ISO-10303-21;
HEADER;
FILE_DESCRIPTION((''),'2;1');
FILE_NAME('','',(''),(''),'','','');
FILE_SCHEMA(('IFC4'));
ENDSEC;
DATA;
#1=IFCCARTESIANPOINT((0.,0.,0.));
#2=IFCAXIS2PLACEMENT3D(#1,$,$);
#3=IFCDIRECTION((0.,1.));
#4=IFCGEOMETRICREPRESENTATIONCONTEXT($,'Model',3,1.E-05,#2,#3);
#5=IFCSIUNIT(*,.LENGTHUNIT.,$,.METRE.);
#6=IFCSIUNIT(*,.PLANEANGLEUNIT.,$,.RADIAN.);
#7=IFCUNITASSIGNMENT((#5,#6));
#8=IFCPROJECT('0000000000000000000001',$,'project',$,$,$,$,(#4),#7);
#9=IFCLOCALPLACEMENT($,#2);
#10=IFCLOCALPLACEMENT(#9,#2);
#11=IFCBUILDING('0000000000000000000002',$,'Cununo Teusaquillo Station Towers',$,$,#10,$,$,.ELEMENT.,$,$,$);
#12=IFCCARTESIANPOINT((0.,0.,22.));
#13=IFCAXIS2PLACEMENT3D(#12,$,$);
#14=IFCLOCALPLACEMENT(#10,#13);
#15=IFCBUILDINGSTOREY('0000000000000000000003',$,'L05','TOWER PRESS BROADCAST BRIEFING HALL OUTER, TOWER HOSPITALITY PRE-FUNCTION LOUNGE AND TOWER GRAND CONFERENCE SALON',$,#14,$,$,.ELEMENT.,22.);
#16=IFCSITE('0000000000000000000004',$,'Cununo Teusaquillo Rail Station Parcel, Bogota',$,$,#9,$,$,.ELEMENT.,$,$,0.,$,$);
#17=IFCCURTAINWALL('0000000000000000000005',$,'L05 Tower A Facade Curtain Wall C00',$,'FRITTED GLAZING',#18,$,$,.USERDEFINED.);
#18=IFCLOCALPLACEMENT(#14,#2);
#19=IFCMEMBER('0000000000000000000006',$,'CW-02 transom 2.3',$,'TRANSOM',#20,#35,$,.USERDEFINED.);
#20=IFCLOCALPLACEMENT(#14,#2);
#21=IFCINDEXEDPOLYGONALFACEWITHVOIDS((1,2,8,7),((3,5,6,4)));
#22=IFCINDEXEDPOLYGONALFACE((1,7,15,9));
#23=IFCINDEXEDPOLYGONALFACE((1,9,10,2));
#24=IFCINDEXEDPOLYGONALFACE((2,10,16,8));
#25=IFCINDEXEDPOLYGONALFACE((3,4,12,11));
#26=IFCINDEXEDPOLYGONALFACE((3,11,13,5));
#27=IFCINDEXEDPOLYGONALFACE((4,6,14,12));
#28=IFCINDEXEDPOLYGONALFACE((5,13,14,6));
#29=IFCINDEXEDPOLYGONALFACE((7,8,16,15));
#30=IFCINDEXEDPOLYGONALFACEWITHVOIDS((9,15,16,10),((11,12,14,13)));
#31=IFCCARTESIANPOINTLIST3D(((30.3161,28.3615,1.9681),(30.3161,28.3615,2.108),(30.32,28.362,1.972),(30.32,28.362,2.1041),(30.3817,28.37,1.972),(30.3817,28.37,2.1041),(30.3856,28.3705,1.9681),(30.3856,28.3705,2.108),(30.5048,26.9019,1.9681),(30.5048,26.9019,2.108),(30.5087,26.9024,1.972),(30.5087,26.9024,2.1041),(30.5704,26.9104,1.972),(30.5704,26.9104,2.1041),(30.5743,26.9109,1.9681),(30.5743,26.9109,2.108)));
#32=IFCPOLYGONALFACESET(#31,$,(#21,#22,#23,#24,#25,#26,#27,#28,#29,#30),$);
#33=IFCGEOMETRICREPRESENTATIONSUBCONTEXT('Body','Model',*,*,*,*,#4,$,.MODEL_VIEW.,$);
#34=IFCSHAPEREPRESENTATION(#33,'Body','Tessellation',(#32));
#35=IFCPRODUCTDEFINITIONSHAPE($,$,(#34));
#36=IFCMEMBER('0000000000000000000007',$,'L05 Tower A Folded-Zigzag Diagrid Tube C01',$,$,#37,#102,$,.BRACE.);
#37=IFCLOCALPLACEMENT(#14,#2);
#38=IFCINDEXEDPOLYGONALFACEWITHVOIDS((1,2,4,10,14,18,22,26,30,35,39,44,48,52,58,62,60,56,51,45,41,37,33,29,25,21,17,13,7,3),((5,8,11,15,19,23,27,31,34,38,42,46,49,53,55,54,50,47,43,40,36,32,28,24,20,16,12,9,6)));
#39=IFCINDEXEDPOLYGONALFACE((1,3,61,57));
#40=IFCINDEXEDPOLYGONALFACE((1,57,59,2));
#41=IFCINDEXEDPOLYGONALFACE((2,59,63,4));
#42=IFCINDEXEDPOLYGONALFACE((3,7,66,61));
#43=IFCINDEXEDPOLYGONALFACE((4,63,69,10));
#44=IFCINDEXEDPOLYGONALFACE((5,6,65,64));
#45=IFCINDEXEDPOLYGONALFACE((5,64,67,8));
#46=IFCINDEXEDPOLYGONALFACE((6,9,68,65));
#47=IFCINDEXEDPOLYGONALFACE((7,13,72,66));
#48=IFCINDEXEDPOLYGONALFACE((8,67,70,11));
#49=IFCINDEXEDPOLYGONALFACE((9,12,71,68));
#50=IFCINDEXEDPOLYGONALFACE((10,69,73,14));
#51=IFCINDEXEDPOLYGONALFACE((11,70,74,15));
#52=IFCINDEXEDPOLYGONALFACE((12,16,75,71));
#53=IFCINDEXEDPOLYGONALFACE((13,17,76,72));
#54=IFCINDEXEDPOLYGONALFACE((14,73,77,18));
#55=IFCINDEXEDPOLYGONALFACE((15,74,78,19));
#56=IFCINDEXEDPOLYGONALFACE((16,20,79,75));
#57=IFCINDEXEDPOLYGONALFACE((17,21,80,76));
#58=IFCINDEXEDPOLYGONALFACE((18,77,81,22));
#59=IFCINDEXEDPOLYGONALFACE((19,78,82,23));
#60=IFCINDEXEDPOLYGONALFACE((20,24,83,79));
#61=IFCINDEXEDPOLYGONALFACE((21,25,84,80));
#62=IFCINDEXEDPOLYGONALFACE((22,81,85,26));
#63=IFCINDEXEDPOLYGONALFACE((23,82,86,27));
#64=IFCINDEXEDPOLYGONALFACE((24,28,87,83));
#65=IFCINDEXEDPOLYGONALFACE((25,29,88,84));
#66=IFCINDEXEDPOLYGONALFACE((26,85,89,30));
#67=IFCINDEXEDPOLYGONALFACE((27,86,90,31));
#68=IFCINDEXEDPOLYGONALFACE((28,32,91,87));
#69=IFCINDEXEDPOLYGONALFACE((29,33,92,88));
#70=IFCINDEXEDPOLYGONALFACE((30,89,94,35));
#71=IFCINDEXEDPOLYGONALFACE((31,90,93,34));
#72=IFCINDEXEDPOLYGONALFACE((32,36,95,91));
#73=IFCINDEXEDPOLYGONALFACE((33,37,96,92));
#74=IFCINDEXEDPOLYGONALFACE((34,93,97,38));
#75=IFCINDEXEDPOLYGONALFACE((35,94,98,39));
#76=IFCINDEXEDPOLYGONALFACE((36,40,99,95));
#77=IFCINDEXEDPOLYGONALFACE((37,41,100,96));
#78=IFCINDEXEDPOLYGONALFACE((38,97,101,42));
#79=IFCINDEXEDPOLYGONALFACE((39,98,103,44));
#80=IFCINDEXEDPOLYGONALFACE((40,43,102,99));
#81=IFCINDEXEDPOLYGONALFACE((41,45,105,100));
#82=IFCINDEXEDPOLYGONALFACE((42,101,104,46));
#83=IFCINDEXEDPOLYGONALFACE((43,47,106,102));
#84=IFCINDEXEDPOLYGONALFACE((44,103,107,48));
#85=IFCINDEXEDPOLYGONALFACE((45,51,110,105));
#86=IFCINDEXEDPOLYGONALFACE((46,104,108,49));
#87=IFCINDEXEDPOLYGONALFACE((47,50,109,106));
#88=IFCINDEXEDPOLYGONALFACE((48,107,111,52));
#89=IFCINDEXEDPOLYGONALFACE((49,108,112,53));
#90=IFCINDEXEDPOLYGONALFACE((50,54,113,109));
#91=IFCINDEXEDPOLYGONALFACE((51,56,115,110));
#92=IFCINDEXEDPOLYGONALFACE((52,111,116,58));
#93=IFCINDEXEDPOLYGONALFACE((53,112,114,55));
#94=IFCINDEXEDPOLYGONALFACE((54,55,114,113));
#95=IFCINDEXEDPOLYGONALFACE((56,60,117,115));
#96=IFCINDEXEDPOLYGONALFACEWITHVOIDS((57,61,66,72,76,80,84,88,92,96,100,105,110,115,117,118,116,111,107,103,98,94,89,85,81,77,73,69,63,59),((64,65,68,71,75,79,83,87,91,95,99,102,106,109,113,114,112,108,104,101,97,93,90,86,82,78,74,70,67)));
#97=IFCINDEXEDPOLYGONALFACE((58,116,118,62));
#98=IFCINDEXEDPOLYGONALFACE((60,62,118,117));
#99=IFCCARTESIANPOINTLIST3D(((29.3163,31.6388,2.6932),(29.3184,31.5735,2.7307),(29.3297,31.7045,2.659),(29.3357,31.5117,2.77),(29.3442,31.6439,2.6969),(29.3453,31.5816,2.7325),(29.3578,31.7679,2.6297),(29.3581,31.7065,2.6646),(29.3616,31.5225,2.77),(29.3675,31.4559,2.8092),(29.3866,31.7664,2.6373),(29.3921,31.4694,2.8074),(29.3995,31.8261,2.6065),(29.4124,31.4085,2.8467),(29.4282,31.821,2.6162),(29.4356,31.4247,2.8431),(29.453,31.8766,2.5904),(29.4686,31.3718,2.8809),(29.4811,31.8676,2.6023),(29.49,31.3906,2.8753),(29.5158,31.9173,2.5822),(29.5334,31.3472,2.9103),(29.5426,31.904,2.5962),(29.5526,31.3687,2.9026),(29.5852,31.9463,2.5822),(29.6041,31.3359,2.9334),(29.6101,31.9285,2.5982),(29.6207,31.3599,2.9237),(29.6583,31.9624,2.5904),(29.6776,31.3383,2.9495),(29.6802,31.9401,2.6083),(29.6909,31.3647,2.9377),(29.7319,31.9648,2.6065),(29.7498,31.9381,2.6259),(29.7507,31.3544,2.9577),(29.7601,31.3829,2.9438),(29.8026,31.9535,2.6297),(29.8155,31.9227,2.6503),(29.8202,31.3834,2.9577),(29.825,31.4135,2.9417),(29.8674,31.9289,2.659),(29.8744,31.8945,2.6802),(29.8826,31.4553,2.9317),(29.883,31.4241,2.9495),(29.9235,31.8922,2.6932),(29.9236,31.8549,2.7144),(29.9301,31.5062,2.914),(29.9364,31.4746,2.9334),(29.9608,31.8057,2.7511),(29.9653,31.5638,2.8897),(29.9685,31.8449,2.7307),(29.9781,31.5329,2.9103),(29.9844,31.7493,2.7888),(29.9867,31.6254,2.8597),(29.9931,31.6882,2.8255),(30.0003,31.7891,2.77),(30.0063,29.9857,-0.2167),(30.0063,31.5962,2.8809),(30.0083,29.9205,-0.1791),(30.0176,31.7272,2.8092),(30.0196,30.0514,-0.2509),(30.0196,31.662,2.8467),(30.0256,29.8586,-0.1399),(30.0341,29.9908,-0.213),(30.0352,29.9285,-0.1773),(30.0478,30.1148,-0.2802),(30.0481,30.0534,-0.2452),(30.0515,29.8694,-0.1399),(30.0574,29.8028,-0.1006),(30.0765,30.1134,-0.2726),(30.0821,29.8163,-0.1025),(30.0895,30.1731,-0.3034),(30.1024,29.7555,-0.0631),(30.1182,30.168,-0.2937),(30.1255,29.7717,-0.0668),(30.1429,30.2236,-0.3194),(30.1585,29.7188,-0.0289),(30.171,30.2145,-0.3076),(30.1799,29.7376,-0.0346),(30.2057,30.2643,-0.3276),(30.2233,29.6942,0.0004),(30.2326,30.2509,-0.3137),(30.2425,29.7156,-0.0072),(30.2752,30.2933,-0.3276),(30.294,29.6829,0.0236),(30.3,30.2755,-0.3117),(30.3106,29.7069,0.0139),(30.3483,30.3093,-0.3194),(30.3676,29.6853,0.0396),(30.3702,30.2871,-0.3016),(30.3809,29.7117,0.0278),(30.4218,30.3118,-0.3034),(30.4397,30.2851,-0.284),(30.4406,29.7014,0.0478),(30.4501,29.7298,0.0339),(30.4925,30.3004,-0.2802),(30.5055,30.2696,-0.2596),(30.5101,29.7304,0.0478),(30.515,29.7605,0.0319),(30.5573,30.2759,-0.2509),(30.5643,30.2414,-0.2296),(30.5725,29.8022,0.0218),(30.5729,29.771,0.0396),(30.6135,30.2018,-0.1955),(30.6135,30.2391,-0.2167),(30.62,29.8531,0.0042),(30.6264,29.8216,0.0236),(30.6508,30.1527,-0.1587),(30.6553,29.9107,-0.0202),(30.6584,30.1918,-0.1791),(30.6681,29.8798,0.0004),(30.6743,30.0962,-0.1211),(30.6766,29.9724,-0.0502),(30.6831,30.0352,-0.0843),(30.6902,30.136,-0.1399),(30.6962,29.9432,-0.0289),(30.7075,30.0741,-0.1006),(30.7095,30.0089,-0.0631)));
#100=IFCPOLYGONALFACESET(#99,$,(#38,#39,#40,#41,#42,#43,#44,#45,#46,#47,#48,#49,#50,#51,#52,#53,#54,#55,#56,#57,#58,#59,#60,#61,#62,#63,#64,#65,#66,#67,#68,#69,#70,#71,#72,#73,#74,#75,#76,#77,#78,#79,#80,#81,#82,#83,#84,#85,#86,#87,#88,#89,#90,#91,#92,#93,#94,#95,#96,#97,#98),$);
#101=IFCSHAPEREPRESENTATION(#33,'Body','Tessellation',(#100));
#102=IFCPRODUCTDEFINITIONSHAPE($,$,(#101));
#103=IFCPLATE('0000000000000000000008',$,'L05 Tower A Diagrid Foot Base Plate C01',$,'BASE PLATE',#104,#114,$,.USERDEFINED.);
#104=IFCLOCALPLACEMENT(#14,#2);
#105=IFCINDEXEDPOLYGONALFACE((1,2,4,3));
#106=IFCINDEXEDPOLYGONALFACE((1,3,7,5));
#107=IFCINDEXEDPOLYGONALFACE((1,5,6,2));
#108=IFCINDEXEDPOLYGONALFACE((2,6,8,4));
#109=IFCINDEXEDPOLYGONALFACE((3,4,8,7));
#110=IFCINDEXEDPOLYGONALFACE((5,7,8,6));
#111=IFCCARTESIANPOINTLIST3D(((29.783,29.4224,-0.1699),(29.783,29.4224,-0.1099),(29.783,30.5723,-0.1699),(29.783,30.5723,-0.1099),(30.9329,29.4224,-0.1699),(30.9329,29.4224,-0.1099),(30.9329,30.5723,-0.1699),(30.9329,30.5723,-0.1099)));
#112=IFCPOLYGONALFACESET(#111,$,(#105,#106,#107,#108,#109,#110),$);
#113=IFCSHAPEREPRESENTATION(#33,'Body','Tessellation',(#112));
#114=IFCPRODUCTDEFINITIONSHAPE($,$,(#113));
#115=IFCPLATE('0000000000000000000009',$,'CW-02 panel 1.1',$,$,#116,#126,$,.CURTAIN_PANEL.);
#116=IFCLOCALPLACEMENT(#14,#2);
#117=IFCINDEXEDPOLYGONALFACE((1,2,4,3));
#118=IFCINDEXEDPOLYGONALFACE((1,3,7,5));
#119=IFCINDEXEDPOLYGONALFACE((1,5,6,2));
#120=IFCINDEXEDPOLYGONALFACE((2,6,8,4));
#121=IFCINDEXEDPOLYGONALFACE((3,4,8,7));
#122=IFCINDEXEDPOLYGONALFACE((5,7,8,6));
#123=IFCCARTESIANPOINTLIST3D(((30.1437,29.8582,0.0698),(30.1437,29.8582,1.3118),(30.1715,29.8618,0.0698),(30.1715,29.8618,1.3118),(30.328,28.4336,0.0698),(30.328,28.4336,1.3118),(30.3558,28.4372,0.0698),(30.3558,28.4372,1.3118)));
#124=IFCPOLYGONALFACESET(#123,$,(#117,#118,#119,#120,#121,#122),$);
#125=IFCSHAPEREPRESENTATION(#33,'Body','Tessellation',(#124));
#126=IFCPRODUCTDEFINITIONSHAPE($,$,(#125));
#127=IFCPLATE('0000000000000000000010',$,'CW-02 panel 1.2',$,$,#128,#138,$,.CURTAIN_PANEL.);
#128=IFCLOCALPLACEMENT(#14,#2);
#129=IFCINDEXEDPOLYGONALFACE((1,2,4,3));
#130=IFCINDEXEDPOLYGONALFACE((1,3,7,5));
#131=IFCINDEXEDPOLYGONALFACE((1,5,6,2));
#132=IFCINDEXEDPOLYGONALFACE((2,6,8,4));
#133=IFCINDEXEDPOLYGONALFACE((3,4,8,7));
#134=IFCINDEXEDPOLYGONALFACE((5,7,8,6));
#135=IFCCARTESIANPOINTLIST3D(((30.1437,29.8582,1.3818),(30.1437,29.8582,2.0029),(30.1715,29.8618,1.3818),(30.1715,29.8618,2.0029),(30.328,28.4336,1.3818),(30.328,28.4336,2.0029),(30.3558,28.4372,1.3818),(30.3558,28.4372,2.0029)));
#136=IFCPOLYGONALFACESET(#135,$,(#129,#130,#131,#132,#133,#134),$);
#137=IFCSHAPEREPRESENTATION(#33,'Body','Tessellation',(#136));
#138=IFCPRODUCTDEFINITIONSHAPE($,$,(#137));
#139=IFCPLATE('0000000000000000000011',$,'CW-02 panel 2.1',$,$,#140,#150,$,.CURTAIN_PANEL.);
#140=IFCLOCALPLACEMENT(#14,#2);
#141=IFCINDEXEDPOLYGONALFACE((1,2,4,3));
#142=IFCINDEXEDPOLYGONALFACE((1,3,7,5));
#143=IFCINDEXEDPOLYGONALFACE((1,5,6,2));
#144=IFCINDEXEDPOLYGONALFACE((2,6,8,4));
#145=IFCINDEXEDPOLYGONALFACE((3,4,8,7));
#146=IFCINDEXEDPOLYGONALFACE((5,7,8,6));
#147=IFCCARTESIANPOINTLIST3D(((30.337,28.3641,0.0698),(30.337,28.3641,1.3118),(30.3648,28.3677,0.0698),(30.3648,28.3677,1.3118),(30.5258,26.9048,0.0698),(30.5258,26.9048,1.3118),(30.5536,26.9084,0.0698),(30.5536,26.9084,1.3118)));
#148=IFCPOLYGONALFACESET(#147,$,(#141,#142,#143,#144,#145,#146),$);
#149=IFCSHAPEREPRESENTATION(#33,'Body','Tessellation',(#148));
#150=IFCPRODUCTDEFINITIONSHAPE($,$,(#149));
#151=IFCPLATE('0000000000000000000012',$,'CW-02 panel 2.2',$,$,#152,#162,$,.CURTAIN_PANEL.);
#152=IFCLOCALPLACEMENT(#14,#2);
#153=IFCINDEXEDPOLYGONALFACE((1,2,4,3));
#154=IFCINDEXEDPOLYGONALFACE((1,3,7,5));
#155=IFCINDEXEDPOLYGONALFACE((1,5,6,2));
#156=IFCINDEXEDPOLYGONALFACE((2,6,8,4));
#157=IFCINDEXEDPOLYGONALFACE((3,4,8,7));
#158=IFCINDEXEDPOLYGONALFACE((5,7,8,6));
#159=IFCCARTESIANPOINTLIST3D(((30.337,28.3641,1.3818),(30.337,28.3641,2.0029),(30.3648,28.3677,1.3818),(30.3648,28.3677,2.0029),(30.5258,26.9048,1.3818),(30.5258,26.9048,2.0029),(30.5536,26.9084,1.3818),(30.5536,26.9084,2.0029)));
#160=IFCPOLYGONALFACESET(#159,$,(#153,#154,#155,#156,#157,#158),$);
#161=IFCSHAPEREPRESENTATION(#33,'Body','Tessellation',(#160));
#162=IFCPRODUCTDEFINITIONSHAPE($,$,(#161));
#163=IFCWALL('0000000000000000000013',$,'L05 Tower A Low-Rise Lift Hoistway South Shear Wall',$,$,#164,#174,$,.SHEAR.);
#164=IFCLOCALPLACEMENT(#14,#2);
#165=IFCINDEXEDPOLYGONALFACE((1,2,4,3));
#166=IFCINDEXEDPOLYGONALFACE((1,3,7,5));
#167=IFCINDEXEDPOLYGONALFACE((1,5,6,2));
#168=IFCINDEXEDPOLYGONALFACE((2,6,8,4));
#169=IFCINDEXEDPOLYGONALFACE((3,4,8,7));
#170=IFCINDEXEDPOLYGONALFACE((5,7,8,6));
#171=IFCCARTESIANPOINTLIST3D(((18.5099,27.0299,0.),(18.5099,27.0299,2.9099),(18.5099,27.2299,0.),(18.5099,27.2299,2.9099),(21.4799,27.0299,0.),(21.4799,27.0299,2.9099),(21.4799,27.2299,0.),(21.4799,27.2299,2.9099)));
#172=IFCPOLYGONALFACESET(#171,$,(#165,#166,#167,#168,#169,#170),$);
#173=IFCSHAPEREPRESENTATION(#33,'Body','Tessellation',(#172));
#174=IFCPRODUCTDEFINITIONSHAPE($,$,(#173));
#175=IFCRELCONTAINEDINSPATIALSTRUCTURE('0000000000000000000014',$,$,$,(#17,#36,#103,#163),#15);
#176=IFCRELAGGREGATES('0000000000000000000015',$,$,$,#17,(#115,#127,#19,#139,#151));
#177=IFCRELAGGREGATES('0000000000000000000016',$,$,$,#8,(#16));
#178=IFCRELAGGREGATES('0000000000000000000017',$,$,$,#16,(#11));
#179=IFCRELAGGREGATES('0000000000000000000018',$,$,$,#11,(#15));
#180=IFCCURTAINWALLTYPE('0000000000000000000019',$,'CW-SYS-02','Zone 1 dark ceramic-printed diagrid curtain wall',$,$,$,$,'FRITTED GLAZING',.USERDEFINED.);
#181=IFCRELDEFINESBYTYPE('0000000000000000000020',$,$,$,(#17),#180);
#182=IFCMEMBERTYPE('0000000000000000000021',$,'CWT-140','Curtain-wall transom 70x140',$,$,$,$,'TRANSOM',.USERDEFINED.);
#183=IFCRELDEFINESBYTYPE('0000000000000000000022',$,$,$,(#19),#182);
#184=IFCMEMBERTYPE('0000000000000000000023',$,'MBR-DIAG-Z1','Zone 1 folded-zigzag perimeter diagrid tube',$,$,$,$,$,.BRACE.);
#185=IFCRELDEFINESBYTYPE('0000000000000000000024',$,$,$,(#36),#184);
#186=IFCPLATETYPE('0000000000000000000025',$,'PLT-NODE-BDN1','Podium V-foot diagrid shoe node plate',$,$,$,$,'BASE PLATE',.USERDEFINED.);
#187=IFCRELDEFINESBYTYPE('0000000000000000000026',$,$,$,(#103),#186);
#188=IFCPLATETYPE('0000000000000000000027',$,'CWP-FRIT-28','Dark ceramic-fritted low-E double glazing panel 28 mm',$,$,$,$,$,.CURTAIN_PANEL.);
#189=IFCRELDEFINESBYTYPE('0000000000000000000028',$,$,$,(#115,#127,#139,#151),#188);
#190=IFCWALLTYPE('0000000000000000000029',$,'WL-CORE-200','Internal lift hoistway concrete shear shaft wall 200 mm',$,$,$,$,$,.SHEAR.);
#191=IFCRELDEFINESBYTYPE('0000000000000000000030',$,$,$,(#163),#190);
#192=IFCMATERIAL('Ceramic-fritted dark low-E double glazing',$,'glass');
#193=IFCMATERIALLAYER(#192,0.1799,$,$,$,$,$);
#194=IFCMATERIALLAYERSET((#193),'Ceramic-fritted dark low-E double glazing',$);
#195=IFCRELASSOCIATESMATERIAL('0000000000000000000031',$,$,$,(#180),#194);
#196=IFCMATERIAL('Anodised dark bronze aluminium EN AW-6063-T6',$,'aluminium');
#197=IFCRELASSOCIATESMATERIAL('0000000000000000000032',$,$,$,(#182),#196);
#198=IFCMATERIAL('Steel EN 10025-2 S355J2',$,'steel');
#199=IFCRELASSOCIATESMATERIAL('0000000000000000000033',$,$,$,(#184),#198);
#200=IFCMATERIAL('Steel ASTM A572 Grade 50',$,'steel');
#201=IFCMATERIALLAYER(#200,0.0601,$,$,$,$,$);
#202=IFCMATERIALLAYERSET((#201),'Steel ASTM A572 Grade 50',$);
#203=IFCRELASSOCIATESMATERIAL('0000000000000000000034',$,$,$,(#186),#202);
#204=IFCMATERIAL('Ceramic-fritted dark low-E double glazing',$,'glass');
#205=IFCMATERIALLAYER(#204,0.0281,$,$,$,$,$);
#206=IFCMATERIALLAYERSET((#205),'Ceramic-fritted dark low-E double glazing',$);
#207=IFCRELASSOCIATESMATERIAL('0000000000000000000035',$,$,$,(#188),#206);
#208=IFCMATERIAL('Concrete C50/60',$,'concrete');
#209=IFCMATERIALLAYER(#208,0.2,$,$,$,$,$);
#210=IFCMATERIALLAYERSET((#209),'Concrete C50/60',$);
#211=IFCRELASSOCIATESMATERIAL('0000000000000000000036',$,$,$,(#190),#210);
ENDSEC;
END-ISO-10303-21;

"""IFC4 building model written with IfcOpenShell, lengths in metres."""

from ifc_helpers import new_model, si_unit, direction, frame, frame_2d, origin, origin_2d, place, context, subcontext, project, spatial, rectangle, hollow_rectangle, hollow_circle, extrude, source, transform, mapped, material, layer, layer_set, material_profile, profile_set, type_object, element, aggregate, save


model = new_model("IFC4")

# Units and contexts
model_context = context("Model", 3, precision=1e-05, world=origin(), true_north=direction((0.0, 1.0)))
body_context = subcontext(model_context, "Body", "Model", "MODEL_VIEW")
ifc_project = project(units=[si_unit("LENGTHUNIT", "METRE"), si_unit("PLANEANGLEUNIT", "RADIAN")], contexts=[model_context])

# Site, building, storey
site_placement = place(None, origin())
site = spatial("IfcSite", under=ifc_project, at=site_placement, Name="Cununo Teusaquillo Rail Station Parcel, Bogota", CompositionType="ELEMENT", RefElevation=0.0)
building_placement = place(site_placement, origin())
building = spatial("IfcBuilding", under=site, at=building_placement, Name="Cununo Teusaquillo Station Towers", CompositionType="ELEMENT")
storey_placement = place(building_placement, frame((0.0, 0.0, 22.0)))
storey = spatial("IfcBuildingStorey", under=building, at=storey_placement, Name="L05", Description="TOWER PRESS BROADCAST BRIEFING HALL OUTER, TOWER HOSPITALITY PRE-FUNCTION LOUNGE AND TOWER GRAND CONFERENCE SALON", CompositionType="ELEMENT", Elevation=22.0)

# Curtain wall, member
ifc_material_1 = material(Name="Ceramic-fritted dark low-E double glazing", Category="glass")
ifc_layer_1 = layer(ifc_material_1, 0.1799)
ifc_layer_set_1 = layer_set([ifc_layer_1], Name="Ceramic-fritted dark low-E double glazing")
curtain_wall_type = type_object("IfcCurtainWallType", Name="CW-SYS-02", Description="Zone 1 dark ceramic-printed diagrid curtain wall", ElementType="FRITTED GLAZING", PredefinedType="USERDEFINED", material=ifc_layer_set_1)
curtain_wall_placement = place(storey_placement, origin())
curtain_wall = element("IfcCurtainWall", 1, at=curtain_wall_placement, inside=storey, type_object=curtain_wall_type, Name="L05 Tower A Facade Curtain Wall C00", ObjectType="FRITTED GLAZING", PredefinedType="USERDEFINED")
ifc_material_2 = material(Name="Anodised dark bronze aluminium EN AW-6063-T6", Category="aluminium")
ifc_material_profile_1 = material_profile(ifc_material_2, hollow_rectangle(XDim=0.0701, YDim=0.1399, WallThickness=0.0039, at=origin_2d()), Name="CW-TRAN-70x140")
ifc_profile_set_1 = profile_set([ifc_material_profile_1], Name="Anodised dark bronze aluminium EN AW-6063-T6")
member_type_1 = type_object("IfcMemberType", Name="CWT-140", Description="Curtain-wall transom 70x140", ElementType="TRANSOM", PredefinedType="USERDEFINED", material=ifc_profile_set_1)
member_1_placement = place(storey_placement, frame((30.3508, 28.366, 2.0381), z_axis=(0.12824, -0.991743, 0.0), x_axis=(0.991743, 0.12824, 0.0)))
member_1 = element("IfcMember", 2, at=member_1_placement, type_object=member_type_1, Name="CW-02 transom 2.3", ObjectType="TRANSOM", PredefinedType="USERDEFINED", context=body_context, shape_type="SweptSolid", body=[
    extrude(hollow_rectangle(XDim=0.0701, YDim=0.1399, WallThickness=0.0039, at=origin_2d()), origin(), (0.0, 0.0, 1.0), 1.4717),
])

# Member
ifc_material_3 = material(Name="Steel EN 10025-2 S355J2", Category="steel")
ifc_material_profile_2 = material_profile(ifc_material_3, hollow_circle(Radius=0.3601, WallThickness=0.0281, at=origin_2d()), Name="CHS 720x28")
ifc_profile_set_2 = profile_set([ifc_material_profile_2], Name="Steel EN 10025-2 S355J2")
member_type_2 = type_object("IfcMemberType", Name="MBR-DIAG-Z1", Description="Zone 1 folded-zigzag perimeter diagrid tube", PredefinedType="BRACE", material=ifc_profile_set_2)
member_2_placement = place(storey_placement, frame((30.3579, 29.9973, -0.1399), z_axis=(-0.201911, 0.483772, 0.851585), x_axis=(-0.922847, -0.385167, 0.0)))
element("IfcMember", 3, at=member_2_placement, inside=storey, type_object=member_type_2, Name="L05 Tower A Folded-Zigzag Diagrid Tube C01", PredefinedType="BRACE", context=body_context, shape_type="SweptSolid", body=[
    extrude(hollow_circle(Radius=0.3601, WallThickness=0.0281, at=origin_2d()), origin(), (0.0, 0.0, 1.0), 3.417),
])

# Plates
ifc_material_4 = material(Name="Steel ASTM A572 Grade 50", Category="steel")
ifc_layer_2 = layer(ifc_material_4, 0.0601)
ifc_layer_set_2 = layer_set([ifc_layer_2], Name="Steel ASTM A572 Grade 50")
plate_type_1 = type_object("IfcPlateType", Name="PLT-NODE-BDN1", Description="Podium V-foot diagrid shoe node plate", ElementType="BASE PLATE", PredefinedType="USERDEFINED", material=ifc_layer_set_2)
shared_shape_1 = source(origin(), body_context, "Body", "SweptSolid", [
    extrude(rectangle(XDim=1.1499, YDim=1.1499, at=origin_2d()), origin(), (0.0, 0.0, 1.0), 0.0601),
])
plate_1_placement = place(storey_placement, frame((30.3579, 29.9973, -0.1699), z_axis=(0.0, 0.0, 1.0), x_axis=(1.0, 0.0, 0.0)))
element("IfcPlate", 4, at=plate_1_placement, inside=storey, type_object=plate_type_1, Name="L05 Tower A Diagrid Foot Base Plate C01", ObjectType="BASE PLATE", PredefinedType="USERDEFINED", context=body_context, shape_type="MappedRepresentation", body=[
    mapped(shared_shape_1, transform((0.0, 0.0, 0.0), x_axis=(1.0, 0.0, 0.0), y_axis=(0.0, 1.0, 0.0), z_axis=(0.0, 0.0, 1.0), scale=1.0)),
])
ifc_material_5 = material(Name="Ceramic-fritted dark low-E double glazing", Category="glass")
ifc_layer_3 = layer(ifc_material_5, 0.0281)
ifc_layer_set_3 = layer_set([ifc_layer_3], Name="Ceramic-fritted dark low-E double glazing")
plate_type_2 = type_object("IfcPlateType", Name="CWP-FRIT-28", Description="Dark ceramic-fritted low-E double glazing panel 28 mm", PredefinedType="CURTAIN_PANEL", material=ifc_layer_set_3)
shared_shape_2 = source(origin(), body_context, "Body", "SweptSolid", [
    extrude(rectangle(XDim=1.4365, YDim=0.0281, at=origin_2d()), origin(), (0.0, 0.0, 1.0), 1.2419),
])
plate_2_placement = place(storey_placement, frame((30.2498, 29.1477, 0.0698), z_axis=(0.0, 0.0, 1.0), x_axis=(0.128292, -0.991736, 0.0)))
plate_2 = element("IfcPlate", 5, at=plate_2_placement, type_object=plate_type_2, Name="CW-02 panel 1.1", PredefinedType="CURTAIN_PANEL", context=body_context, shape_type="MappedRepresentation", body=[
    mapped(shared_shape_2, transform((0.0, 0.0, 0.0), x_axis=(1.0, 0.0, 0.0), y_axis=(0.0, 1.0, 0.0), z_axis=(0.0, 0.0, 1.0), scale=1.0)),
])
shared_shape_3 = source(origin(), body_context, "Body", "SweptSolid", [
    extrude(rectangle(XDim=1.4365, YDim=0.0281, at=origin_2d()), origin(), (0.0, 0.0, 1.0), 0.6211),
])
plate_3_placement = place(storey_placement, frame((30.2498, 29.1477, 1.3818), z_axis=(0.0, 0.0, 1.0), x_axis=(0.128292, -0.991736, 0.0)))
plate_3 = element("IfcPlate", 6, at=plate_3_placement, type_object=plate_type_2, Name="CW-02 panel 1.2", PredefinedType="CURTAIN_PANEL", context=body_context, shape_type="MappedRepresentation", body=[
    mapped(shared_shape_3, transform((0.0, 0.0, 0.0), x_axis=(1.0, 0.0, 0.0), y_axis=(0.0, 1.0, 0.0), z_axis=(0.0, 0.0, 1.0), scale=1.0)),
])
shared_shape_4 = source(origin(), body_context, "Body", "SweptSolid", [
    extrude(rectangle(XDim=1.4714, YDim=0.0281, at=origin_2d()), origin(), (0.0, 0.0, 1.0), 1.2419),
])
plate_4_placement = place(storey_placement, frame((30.4453, 27.6362, 0.0698), z_axis=(0.0, 0.0, 1.0), x_axis=(0.128292, -0.991736, 0.0)))
plate_4 = element("IfcPlate", 7, at=plate_4_placement, type_object=plate_type_2, Name="CW-02 panel 2.1", PredefinedType="CURTAIN_PANEL", context=body_context, shape_type="MappedRepresentation", body=[
    mapped(shared_shape_4, transform((0.0, 0.0, 0.0), x_axis=(1.0, 0.0, 0.0), y_axis=(0.0, 1.0, 0.0), z_axis=(0.0, 0.0, 1.0), scale=1.0)),
])
shared_shape_5 = source(origin(), body_context, "Body", "SweptSolid", [
    extrude(rectangle(XDim=1.4714, YDim=0.0281, at=origin_2d()), origin(), (0.0, 0.0, 1.0), 0.6211),
])
plate_5_placement = place(storey_placement, frame((30.4453, 27.6362, 1.3818), z_axis=(0.0, 0.0, 1.0), x_axis=(0.128292, -0.991736, 0.0)))
plate_5 = element("IfcPlate", 8, at=plate_5_placement, type_object=plate_type_2, Name="CW-02 panel 2.2", PredefinedType="CURTAIN_PANEL", context=body_context, shape_type="MappedRepresentation", body=[
    mapped(shared_shape_5, transform((0.0, 0.0, 0.0), x_axis=(1.0, 0.0, 0.0), y_axis=(0.0, 1.0, 0.0), z_axis=(0.0, 0.0, 1.0), scale=1.0)),
])
aggregate(curtain_wall, [plate_2, plate_3, member_1, plate_4, plate_5])

# Wall
ifc_material_6 = material(Name="Concrete C50/60", Category="concrete")
ifc_layer_4 = layer(ifc_material_6, 0.2)
ifc_layer_set_4 = layer_set([ifc_layer_4], Name="Concrete C50/60")
wall_type_1 = type_object("IfcWallType", Name="WL-CORE-200", Description="Internal lift hoistway concrete shear shaft wall 200 mm", PredefinedType="SHEAR", material=ifc_layer_set_4)
for number, where, z_axis, x_axis, name in (
    (9, (18.51, 27.1299, 0.0), (0.0, 0.0, 1.0), (1.0, 0.0, 0.0), "L05 Tower A Low-Rise Lift Hoistway South Shear Wall"),
):
    element("IfcWall", number, at=place(storey_placement, frame(where, z_axis=z_axis, x_axis=x_axis)), inside=storey, type_object=wall_type_1, Name=name, PredefinedType="SHEAR", context=body_context, shape_type="SweptSolid", body=[
        extrude(rectangle(XDim=2.97, YDim=0.2, at=frame_2d((1.4849, 0.0))), origin(), (0.0, 0.0, 1.0), 2.9099),
    ])

save(model, "model.ifc")
